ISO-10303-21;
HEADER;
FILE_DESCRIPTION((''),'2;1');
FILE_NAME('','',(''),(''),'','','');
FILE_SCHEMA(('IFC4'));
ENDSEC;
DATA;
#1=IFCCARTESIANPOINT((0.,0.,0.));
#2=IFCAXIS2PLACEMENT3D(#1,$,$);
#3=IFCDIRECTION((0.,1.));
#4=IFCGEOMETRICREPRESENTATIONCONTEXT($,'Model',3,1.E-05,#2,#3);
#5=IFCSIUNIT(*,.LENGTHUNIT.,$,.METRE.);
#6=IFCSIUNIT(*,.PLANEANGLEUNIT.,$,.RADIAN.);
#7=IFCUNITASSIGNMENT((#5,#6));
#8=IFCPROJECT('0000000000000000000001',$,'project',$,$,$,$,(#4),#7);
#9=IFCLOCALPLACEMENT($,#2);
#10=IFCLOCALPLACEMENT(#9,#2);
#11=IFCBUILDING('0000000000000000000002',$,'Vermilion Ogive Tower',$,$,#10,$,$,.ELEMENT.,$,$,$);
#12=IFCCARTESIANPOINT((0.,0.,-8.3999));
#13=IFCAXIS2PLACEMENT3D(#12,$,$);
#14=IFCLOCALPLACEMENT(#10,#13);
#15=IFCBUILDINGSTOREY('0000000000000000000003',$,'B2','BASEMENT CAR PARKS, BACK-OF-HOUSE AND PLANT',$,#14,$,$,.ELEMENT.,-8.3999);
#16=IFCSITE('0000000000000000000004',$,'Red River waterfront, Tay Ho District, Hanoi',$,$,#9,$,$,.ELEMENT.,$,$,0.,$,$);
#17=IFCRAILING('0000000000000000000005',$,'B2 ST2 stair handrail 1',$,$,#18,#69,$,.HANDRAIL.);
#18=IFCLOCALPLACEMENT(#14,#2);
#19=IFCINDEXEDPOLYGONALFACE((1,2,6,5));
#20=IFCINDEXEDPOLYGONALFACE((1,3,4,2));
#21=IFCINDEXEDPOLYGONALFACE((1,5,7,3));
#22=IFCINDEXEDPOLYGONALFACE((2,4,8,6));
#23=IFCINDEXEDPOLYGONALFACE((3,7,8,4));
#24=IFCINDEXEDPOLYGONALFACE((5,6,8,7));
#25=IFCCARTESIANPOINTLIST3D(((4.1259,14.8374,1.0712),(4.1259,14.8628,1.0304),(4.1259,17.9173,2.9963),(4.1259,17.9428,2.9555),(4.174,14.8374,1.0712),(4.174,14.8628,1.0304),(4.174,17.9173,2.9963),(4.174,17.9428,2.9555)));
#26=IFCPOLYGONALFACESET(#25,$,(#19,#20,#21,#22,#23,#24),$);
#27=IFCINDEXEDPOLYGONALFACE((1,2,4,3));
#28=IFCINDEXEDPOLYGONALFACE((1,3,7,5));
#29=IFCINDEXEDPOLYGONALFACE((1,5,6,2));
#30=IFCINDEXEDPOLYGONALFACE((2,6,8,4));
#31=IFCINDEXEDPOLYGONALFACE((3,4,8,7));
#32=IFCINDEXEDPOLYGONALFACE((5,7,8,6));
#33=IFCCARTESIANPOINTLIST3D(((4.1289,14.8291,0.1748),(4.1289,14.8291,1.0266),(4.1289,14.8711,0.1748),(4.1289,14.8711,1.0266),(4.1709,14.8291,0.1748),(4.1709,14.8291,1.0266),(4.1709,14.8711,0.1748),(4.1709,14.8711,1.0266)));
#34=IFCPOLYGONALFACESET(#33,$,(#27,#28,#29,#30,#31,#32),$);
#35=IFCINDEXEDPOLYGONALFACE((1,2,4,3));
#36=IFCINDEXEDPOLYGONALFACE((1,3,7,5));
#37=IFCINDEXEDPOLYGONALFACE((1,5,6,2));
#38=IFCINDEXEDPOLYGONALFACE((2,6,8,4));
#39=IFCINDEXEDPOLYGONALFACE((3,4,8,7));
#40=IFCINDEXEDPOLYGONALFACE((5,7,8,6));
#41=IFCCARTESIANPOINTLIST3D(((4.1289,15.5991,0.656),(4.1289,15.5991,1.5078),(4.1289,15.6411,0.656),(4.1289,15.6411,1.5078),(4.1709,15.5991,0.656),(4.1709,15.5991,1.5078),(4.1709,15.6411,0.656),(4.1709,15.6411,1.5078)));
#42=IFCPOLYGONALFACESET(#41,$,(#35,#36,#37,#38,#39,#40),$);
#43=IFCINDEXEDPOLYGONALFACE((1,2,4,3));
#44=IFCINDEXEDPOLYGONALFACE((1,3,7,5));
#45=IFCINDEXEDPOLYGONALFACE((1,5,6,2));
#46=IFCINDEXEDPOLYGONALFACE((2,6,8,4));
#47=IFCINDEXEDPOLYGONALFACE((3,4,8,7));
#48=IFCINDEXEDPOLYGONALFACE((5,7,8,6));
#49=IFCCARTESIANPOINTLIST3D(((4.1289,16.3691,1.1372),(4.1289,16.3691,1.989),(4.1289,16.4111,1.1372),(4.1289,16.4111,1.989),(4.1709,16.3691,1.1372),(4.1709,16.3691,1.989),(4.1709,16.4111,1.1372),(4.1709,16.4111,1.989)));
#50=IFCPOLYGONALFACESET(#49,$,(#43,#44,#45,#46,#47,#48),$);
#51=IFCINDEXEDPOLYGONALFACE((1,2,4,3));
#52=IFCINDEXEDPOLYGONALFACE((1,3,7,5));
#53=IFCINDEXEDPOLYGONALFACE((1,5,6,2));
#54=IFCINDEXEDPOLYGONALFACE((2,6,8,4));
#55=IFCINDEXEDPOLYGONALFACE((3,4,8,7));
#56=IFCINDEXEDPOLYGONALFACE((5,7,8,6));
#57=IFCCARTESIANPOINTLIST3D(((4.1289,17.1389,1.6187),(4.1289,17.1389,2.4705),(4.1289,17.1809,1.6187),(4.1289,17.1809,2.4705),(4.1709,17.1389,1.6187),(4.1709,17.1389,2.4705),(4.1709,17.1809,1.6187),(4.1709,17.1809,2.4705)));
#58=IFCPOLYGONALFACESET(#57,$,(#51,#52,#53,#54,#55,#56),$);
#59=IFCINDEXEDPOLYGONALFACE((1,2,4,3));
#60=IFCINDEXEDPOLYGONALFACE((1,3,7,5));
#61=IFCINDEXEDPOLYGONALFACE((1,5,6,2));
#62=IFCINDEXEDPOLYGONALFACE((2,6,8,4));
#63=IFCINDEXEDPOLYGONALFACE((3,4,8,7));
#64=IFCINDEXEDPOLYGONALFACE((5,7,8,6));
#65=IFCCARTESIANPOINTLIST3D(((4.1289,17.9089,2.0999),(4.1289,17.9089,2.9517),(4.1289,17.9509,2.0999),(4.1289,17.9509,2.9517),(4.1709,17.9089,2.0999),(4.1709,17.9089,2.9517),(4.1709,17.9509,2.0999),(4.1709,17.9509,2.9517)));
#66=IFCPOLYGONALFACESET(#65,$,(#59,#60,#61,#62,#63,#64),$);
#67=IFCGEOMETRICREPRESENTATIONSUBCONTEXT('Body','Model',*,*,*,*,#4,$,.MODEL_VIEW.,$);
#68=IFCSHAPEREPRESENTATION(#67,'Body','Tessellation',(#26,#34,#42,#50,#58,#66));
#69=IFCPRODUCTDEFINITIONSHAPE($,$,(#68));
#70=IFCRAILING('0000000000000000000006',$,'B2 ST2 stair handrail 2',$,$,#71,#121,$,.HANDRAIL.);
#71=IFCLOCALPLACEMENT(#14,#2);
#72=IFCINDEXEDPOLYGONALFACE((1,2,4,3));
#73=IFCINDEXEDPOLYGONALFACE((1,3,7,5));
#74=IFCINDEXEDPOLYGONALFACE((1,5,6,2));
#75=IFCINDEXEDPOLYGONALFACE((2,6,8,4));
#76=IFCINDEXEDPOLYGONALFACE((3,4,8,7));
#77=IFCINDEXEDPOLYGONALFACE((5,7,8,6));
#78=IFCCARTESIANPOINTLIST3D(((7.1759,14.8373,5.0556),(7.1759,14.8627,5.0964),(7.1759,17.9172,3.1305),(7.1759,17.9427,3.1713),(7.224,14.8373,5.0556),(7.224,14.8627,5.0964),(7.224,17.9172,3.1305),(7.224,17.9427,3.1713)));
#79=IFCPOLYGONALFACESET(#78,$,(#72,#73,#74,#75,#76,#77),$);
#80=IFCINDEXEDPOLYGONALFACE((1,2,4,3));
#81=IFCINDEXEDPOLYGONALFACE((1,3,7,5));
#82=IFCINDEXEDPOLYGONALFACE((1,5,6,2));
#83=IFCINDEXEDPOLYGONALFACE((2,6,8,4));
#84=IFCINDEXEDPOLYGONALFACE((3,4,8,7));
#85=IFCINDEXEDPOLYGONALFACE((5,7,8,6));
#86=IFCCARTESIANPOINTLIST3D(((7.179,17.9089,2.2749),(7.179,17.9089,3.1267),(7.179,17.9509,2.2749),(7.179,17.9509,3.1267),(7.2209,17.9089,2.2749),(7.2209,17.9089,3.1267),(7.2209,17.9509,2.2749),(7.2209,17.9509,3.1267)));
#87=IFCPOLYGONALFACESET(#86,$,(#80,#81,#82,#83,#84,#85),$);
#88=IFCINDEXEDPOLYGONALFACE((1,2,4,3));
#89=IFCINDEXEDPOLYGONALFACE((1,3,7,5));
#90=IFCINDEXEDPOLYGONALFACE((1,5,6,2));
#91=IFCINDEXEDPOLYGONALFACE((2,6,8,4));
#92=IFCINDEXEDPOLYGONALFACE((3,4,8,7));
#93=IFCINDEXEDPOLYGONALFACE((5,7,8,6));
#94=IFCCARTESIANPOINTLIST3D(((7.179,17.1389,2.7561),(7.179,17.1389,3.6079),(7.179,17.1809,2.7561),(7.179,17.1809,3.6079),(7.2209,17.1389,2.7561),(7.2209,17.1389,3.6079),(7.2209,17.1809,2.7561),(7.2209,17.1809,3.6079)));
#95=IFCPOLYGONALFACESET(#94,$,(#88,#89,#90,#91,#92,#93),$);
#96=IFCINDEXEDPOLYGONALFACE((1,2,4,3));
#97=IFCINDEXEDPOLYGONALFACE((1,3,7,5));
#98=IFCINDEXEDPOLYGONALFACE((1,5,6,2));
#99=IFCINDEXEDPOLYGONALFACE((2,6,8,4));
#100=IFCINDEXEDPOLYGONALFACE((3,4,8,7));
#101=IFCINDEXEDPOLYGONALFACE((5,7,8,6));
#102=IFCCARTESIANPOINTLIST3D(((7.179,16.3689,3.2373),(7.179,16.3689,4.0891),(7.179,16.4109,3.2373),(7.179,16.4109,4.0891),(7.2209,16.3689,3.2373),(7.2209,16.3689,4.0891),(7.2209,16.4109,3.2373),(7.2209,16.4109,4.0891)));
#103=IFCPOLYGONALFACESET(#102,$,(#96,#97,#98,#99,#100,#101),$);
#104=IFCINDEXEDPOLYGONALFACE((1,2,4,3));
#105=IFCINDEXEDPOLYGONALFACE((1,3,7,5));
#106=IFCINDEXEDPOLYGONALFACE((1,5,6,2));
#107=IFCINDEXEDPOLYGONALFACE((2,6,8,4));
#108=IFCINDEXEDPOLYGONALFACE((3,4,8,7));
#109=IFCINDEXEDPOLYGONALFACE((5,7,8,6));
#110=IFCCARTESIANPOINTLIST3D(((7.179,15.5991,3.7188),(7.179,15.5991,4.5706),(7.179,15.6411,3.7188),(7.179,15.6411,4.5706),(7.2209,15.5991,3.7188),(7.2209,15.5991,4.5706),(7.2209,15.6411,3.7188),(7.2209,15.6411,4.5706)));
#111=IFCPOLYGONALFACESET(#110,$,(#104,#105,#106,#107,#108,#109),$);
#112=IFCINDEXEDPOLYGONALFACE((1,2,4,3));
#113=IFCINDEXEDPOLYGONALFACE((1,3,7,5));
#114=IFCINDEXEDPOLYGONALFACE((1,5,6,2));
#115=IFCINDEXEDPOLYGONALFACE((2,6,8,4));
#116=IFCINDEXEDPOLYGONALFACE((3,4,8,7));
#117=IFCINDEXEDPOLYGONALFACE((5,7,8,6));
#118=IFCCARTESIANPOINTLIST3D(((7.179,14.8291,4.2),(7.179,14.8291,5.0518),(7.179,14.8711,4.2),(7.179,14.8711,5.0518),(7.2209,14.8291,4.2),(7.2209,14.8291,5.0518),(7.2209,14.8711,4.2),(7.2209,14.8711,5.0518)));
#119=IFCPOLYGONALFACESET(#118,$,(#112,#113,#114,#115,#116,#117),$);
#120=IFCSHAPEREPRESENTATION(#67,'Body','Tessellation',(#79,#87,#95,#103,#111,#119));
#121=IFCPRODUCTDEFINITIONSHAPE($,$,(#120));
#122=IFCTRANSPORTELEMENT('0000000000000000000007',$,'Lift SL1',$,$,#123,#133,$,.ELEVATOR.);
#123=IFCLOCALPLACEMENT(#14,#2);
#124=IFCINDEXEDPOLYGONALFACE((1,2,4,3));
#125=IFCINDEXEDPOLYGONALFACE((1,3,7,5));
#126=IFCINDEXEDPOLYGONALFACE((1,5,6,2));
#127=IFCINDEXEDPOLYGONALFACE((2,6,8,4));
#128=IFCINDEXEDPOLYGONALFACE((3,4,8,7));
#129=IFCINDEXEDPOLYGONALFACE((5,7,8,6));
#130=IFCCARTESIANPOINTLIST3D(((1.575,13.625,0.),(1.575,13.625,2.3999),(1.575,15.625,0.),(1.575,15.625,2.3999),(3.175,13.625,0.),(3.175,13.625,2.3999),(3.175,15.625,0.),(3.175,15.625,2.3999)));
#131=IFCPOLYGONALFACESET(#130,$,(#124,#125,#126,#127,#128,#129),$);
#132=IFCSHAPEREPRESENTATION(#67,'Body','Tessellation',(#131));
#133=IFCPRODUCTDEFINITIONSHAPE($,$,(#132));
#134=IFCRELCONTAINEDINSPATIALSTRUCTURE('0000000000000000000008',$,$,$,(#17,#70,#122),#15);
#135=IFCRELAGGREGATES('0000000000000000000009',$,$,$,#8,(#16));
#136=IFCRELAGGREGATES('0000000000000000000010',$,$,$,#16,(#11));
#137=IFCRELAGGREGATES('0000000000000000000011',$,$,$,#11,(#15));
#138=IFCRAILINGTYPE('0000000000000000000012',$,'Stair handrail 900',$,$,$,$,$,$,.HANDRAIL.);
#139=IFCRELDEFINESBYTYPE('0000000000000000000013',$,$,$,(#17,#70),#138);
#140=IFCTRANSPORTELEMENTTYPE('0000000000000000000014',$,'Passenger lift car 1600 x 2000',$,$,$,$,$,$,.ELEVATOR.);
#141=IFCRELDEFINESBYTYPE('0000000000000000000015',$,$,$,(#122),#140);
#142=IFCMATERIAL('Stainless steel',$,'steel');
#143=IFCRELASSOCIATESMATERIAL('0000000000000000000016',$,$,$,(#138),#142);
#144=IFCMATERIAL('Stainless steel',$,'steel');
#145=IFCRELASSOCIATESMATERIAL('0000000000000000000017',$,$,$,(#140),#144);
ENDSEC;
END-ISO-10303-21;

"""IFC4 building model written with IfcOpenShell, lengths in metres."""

from ifc_helpers import new_model, si_unit, direction, frame, origin, origin_2d, place, context, subcontext, project, spatial, rectangle, extrude, material, type_object, element, save


model = new_model("IFC4")

# Units and contexts
model_context = context("Model", 3, precision=1e-05, world=origin(), true_north=direction((0.0, 1.0)))
body_context = subcontext(model_context, "Body", "Model", "MODEL_VIEW")
ifc_project = project(units=[si_unit("LENGTHUNIT", "METRE"), si_unit("PLANEANGLEUNIT", "RADIAN")], contexts=[model_context])

# Site, building, storey
site_placement = place(None, origin())
site = spatial("IfcSite", under=ifc_project, at=site_placement, Name="Red River waterfront, Tay Ho District, Hanoi", CompositionType="ELEMENT", RefElevation=0.0)
building_placement = place(site_placement, origin())
building = spatial("IfcBuilding", under=site, at=building_placement, Name="Vermilion Ogive Tower", CompositionType="ELEMENT")
storey_placement = place(building_placement, frame((0.0, 0.0, -8.3999)))
storey = spatial("IfcBuildingStorey", under=building, at=storey_placement, Name="B2", Description="BASEMENT CAR PARKS, BACK-OF-HOUSE AND PLANT", CompositionType="ELEMENT", Elevation=-8.3999)

# Railings
ifc_material_1 = material(Name="Stainless steel", Category="steel")
railing_type_1 = type_object("IfcRailingType", Name="Stair handrail 900", PredefinedType="HANDRAIL", material=ifc_material_1)
railing_1_placement = place(storey_placement, frame((4.1499, 14.8501, 0.1748)))
element("IfcRailing", 1, at=railing_1_placement, inside=storey, type_object=railing_type_1, Name="B2 ST2 stair handrail 1", PredefinedType="HANDRAIL", context=body_context, shape_type="SweptSolid", body=[
    extrude(rectangle(XDim=0.0481, YDim=0.0481, at=origin_2d()), frame((0.0, 0.0, 0.876), z_axis=(0.0, 0.847979, 0.530029), x_axis=(-1.0, 0.0, 0.0)), (0.0, 0.0, 1.0), 3.6321),
    extrude(rectangle(XDim=0.042, YDim=0.042, at=origin_2d()), origin(), (0.0, 0.0, 1.0), 0.8518),
    extrude(rectangle(XDim=0.042, YDim=0.042, at=origin_2d()), frame((0.0, 0.77, 0.4812)), (0.0, 0.0, 1.0), 0.8518),
    extrude(rectangle(XDim=0.042, YDim=0.042, at=origin_2d()), frame((0.0, 1.54, 0.9624)), (0.0, 0.0, 1.0), 0.8518),
    extrude(rectangle(XDim=0.042, YDim=0.042, at=origin_2d()), frame((0.0, 2.3098, 1.4438)), (0.0, 0.0, 1.0), 0.8518),
    extrude(rectangle(XDim=0.042, YDim=0.042, at=origin_2d()), frame((0.0, 3.0798, 1.925)), (0.0, 0.0, 1.0), 0.8518),
])
railing_2_placement = place(storey_placement, frame((7.2, 17.9299, 2.2749)))
element("IfcRailing", 2, at=railing_2_placement, inside=storey, type_object=railing_type_1, Name="B2 ST2 stair handrail 2", PredefinedType="HANDRAIL", context=body_context, shape_type="SweptSolid", body=[
    extrude(rectangle(XDim=0.0481, YDim=0.0481, at=origin_2d()), frame((0.0, 0.0, 0.876), z_axis=(0.0, -0.847979, 0.530029), x_axis=(1.0, 0.0, 0.0)), (0.0, 0.0, 1.0), 3.6321),
    extrude(rectangle(XDim=0.042, YDim=0.042, at=origin_2d()), origin(), (0.0, 0.0, 1.0), 0.8518),
    extrude(rectangle(XDim=0.042, YDim=0.042, at=origin_2d()), frame((0.0, -0.77, 0.4812)), (0.0, 0.0, 1.0), 0.8518),
    extrude(rectangle(XDim=0.042, YDim=0.042, at=origin_2d()), frame((0.0, -1.54, 0.9624)), (0.0, 0.0, 1.0), 0.8518),
    extrude(rectangle(XDim=0.042, YDim=0.042, at=origin_2d()), frame((0.0, -2.3098, 1.4438)), (0.0, 0.0, 1.0), 0.8518),
    extrude(rectangle(XDim=0.042, YDim=0.042, at=origin_2d()), frame((0.0, -3.0798, 1.925)), (0.0, 0.0, 1.0), 0.8518),
])

# Transport element
ifc_material_2 = material(Name="Stainless steel", Category="steel")
transport_element_type = type_object("IfcTransportElementType", Name="Passenger lift car 1600 x 2000", PredefinedType="ELEVATOR", material=ifc_material_2)
transport_element_placement = place(storey_placement, frame((2.375, 14.625, 0.0), z_axis=(0.0, 0.0, 1.0), x_axis=(1.0, 0.0, 0.0)))
element("IfcTransportElement", 3, at=transport_element_placement, inside=storey, type_object=transport_element_type, Name="Lift SL1", PredefinedType="ELEVATOR", context=body_context, shape_type="SweptSolid", body=[
    extrude(rectangle(XDim=1.6001, YDim=2.0, at=origin_2d()), origin(), (0.0, 0.0, 1.0), 2.3999),
])

save(model, "model.ifc")
